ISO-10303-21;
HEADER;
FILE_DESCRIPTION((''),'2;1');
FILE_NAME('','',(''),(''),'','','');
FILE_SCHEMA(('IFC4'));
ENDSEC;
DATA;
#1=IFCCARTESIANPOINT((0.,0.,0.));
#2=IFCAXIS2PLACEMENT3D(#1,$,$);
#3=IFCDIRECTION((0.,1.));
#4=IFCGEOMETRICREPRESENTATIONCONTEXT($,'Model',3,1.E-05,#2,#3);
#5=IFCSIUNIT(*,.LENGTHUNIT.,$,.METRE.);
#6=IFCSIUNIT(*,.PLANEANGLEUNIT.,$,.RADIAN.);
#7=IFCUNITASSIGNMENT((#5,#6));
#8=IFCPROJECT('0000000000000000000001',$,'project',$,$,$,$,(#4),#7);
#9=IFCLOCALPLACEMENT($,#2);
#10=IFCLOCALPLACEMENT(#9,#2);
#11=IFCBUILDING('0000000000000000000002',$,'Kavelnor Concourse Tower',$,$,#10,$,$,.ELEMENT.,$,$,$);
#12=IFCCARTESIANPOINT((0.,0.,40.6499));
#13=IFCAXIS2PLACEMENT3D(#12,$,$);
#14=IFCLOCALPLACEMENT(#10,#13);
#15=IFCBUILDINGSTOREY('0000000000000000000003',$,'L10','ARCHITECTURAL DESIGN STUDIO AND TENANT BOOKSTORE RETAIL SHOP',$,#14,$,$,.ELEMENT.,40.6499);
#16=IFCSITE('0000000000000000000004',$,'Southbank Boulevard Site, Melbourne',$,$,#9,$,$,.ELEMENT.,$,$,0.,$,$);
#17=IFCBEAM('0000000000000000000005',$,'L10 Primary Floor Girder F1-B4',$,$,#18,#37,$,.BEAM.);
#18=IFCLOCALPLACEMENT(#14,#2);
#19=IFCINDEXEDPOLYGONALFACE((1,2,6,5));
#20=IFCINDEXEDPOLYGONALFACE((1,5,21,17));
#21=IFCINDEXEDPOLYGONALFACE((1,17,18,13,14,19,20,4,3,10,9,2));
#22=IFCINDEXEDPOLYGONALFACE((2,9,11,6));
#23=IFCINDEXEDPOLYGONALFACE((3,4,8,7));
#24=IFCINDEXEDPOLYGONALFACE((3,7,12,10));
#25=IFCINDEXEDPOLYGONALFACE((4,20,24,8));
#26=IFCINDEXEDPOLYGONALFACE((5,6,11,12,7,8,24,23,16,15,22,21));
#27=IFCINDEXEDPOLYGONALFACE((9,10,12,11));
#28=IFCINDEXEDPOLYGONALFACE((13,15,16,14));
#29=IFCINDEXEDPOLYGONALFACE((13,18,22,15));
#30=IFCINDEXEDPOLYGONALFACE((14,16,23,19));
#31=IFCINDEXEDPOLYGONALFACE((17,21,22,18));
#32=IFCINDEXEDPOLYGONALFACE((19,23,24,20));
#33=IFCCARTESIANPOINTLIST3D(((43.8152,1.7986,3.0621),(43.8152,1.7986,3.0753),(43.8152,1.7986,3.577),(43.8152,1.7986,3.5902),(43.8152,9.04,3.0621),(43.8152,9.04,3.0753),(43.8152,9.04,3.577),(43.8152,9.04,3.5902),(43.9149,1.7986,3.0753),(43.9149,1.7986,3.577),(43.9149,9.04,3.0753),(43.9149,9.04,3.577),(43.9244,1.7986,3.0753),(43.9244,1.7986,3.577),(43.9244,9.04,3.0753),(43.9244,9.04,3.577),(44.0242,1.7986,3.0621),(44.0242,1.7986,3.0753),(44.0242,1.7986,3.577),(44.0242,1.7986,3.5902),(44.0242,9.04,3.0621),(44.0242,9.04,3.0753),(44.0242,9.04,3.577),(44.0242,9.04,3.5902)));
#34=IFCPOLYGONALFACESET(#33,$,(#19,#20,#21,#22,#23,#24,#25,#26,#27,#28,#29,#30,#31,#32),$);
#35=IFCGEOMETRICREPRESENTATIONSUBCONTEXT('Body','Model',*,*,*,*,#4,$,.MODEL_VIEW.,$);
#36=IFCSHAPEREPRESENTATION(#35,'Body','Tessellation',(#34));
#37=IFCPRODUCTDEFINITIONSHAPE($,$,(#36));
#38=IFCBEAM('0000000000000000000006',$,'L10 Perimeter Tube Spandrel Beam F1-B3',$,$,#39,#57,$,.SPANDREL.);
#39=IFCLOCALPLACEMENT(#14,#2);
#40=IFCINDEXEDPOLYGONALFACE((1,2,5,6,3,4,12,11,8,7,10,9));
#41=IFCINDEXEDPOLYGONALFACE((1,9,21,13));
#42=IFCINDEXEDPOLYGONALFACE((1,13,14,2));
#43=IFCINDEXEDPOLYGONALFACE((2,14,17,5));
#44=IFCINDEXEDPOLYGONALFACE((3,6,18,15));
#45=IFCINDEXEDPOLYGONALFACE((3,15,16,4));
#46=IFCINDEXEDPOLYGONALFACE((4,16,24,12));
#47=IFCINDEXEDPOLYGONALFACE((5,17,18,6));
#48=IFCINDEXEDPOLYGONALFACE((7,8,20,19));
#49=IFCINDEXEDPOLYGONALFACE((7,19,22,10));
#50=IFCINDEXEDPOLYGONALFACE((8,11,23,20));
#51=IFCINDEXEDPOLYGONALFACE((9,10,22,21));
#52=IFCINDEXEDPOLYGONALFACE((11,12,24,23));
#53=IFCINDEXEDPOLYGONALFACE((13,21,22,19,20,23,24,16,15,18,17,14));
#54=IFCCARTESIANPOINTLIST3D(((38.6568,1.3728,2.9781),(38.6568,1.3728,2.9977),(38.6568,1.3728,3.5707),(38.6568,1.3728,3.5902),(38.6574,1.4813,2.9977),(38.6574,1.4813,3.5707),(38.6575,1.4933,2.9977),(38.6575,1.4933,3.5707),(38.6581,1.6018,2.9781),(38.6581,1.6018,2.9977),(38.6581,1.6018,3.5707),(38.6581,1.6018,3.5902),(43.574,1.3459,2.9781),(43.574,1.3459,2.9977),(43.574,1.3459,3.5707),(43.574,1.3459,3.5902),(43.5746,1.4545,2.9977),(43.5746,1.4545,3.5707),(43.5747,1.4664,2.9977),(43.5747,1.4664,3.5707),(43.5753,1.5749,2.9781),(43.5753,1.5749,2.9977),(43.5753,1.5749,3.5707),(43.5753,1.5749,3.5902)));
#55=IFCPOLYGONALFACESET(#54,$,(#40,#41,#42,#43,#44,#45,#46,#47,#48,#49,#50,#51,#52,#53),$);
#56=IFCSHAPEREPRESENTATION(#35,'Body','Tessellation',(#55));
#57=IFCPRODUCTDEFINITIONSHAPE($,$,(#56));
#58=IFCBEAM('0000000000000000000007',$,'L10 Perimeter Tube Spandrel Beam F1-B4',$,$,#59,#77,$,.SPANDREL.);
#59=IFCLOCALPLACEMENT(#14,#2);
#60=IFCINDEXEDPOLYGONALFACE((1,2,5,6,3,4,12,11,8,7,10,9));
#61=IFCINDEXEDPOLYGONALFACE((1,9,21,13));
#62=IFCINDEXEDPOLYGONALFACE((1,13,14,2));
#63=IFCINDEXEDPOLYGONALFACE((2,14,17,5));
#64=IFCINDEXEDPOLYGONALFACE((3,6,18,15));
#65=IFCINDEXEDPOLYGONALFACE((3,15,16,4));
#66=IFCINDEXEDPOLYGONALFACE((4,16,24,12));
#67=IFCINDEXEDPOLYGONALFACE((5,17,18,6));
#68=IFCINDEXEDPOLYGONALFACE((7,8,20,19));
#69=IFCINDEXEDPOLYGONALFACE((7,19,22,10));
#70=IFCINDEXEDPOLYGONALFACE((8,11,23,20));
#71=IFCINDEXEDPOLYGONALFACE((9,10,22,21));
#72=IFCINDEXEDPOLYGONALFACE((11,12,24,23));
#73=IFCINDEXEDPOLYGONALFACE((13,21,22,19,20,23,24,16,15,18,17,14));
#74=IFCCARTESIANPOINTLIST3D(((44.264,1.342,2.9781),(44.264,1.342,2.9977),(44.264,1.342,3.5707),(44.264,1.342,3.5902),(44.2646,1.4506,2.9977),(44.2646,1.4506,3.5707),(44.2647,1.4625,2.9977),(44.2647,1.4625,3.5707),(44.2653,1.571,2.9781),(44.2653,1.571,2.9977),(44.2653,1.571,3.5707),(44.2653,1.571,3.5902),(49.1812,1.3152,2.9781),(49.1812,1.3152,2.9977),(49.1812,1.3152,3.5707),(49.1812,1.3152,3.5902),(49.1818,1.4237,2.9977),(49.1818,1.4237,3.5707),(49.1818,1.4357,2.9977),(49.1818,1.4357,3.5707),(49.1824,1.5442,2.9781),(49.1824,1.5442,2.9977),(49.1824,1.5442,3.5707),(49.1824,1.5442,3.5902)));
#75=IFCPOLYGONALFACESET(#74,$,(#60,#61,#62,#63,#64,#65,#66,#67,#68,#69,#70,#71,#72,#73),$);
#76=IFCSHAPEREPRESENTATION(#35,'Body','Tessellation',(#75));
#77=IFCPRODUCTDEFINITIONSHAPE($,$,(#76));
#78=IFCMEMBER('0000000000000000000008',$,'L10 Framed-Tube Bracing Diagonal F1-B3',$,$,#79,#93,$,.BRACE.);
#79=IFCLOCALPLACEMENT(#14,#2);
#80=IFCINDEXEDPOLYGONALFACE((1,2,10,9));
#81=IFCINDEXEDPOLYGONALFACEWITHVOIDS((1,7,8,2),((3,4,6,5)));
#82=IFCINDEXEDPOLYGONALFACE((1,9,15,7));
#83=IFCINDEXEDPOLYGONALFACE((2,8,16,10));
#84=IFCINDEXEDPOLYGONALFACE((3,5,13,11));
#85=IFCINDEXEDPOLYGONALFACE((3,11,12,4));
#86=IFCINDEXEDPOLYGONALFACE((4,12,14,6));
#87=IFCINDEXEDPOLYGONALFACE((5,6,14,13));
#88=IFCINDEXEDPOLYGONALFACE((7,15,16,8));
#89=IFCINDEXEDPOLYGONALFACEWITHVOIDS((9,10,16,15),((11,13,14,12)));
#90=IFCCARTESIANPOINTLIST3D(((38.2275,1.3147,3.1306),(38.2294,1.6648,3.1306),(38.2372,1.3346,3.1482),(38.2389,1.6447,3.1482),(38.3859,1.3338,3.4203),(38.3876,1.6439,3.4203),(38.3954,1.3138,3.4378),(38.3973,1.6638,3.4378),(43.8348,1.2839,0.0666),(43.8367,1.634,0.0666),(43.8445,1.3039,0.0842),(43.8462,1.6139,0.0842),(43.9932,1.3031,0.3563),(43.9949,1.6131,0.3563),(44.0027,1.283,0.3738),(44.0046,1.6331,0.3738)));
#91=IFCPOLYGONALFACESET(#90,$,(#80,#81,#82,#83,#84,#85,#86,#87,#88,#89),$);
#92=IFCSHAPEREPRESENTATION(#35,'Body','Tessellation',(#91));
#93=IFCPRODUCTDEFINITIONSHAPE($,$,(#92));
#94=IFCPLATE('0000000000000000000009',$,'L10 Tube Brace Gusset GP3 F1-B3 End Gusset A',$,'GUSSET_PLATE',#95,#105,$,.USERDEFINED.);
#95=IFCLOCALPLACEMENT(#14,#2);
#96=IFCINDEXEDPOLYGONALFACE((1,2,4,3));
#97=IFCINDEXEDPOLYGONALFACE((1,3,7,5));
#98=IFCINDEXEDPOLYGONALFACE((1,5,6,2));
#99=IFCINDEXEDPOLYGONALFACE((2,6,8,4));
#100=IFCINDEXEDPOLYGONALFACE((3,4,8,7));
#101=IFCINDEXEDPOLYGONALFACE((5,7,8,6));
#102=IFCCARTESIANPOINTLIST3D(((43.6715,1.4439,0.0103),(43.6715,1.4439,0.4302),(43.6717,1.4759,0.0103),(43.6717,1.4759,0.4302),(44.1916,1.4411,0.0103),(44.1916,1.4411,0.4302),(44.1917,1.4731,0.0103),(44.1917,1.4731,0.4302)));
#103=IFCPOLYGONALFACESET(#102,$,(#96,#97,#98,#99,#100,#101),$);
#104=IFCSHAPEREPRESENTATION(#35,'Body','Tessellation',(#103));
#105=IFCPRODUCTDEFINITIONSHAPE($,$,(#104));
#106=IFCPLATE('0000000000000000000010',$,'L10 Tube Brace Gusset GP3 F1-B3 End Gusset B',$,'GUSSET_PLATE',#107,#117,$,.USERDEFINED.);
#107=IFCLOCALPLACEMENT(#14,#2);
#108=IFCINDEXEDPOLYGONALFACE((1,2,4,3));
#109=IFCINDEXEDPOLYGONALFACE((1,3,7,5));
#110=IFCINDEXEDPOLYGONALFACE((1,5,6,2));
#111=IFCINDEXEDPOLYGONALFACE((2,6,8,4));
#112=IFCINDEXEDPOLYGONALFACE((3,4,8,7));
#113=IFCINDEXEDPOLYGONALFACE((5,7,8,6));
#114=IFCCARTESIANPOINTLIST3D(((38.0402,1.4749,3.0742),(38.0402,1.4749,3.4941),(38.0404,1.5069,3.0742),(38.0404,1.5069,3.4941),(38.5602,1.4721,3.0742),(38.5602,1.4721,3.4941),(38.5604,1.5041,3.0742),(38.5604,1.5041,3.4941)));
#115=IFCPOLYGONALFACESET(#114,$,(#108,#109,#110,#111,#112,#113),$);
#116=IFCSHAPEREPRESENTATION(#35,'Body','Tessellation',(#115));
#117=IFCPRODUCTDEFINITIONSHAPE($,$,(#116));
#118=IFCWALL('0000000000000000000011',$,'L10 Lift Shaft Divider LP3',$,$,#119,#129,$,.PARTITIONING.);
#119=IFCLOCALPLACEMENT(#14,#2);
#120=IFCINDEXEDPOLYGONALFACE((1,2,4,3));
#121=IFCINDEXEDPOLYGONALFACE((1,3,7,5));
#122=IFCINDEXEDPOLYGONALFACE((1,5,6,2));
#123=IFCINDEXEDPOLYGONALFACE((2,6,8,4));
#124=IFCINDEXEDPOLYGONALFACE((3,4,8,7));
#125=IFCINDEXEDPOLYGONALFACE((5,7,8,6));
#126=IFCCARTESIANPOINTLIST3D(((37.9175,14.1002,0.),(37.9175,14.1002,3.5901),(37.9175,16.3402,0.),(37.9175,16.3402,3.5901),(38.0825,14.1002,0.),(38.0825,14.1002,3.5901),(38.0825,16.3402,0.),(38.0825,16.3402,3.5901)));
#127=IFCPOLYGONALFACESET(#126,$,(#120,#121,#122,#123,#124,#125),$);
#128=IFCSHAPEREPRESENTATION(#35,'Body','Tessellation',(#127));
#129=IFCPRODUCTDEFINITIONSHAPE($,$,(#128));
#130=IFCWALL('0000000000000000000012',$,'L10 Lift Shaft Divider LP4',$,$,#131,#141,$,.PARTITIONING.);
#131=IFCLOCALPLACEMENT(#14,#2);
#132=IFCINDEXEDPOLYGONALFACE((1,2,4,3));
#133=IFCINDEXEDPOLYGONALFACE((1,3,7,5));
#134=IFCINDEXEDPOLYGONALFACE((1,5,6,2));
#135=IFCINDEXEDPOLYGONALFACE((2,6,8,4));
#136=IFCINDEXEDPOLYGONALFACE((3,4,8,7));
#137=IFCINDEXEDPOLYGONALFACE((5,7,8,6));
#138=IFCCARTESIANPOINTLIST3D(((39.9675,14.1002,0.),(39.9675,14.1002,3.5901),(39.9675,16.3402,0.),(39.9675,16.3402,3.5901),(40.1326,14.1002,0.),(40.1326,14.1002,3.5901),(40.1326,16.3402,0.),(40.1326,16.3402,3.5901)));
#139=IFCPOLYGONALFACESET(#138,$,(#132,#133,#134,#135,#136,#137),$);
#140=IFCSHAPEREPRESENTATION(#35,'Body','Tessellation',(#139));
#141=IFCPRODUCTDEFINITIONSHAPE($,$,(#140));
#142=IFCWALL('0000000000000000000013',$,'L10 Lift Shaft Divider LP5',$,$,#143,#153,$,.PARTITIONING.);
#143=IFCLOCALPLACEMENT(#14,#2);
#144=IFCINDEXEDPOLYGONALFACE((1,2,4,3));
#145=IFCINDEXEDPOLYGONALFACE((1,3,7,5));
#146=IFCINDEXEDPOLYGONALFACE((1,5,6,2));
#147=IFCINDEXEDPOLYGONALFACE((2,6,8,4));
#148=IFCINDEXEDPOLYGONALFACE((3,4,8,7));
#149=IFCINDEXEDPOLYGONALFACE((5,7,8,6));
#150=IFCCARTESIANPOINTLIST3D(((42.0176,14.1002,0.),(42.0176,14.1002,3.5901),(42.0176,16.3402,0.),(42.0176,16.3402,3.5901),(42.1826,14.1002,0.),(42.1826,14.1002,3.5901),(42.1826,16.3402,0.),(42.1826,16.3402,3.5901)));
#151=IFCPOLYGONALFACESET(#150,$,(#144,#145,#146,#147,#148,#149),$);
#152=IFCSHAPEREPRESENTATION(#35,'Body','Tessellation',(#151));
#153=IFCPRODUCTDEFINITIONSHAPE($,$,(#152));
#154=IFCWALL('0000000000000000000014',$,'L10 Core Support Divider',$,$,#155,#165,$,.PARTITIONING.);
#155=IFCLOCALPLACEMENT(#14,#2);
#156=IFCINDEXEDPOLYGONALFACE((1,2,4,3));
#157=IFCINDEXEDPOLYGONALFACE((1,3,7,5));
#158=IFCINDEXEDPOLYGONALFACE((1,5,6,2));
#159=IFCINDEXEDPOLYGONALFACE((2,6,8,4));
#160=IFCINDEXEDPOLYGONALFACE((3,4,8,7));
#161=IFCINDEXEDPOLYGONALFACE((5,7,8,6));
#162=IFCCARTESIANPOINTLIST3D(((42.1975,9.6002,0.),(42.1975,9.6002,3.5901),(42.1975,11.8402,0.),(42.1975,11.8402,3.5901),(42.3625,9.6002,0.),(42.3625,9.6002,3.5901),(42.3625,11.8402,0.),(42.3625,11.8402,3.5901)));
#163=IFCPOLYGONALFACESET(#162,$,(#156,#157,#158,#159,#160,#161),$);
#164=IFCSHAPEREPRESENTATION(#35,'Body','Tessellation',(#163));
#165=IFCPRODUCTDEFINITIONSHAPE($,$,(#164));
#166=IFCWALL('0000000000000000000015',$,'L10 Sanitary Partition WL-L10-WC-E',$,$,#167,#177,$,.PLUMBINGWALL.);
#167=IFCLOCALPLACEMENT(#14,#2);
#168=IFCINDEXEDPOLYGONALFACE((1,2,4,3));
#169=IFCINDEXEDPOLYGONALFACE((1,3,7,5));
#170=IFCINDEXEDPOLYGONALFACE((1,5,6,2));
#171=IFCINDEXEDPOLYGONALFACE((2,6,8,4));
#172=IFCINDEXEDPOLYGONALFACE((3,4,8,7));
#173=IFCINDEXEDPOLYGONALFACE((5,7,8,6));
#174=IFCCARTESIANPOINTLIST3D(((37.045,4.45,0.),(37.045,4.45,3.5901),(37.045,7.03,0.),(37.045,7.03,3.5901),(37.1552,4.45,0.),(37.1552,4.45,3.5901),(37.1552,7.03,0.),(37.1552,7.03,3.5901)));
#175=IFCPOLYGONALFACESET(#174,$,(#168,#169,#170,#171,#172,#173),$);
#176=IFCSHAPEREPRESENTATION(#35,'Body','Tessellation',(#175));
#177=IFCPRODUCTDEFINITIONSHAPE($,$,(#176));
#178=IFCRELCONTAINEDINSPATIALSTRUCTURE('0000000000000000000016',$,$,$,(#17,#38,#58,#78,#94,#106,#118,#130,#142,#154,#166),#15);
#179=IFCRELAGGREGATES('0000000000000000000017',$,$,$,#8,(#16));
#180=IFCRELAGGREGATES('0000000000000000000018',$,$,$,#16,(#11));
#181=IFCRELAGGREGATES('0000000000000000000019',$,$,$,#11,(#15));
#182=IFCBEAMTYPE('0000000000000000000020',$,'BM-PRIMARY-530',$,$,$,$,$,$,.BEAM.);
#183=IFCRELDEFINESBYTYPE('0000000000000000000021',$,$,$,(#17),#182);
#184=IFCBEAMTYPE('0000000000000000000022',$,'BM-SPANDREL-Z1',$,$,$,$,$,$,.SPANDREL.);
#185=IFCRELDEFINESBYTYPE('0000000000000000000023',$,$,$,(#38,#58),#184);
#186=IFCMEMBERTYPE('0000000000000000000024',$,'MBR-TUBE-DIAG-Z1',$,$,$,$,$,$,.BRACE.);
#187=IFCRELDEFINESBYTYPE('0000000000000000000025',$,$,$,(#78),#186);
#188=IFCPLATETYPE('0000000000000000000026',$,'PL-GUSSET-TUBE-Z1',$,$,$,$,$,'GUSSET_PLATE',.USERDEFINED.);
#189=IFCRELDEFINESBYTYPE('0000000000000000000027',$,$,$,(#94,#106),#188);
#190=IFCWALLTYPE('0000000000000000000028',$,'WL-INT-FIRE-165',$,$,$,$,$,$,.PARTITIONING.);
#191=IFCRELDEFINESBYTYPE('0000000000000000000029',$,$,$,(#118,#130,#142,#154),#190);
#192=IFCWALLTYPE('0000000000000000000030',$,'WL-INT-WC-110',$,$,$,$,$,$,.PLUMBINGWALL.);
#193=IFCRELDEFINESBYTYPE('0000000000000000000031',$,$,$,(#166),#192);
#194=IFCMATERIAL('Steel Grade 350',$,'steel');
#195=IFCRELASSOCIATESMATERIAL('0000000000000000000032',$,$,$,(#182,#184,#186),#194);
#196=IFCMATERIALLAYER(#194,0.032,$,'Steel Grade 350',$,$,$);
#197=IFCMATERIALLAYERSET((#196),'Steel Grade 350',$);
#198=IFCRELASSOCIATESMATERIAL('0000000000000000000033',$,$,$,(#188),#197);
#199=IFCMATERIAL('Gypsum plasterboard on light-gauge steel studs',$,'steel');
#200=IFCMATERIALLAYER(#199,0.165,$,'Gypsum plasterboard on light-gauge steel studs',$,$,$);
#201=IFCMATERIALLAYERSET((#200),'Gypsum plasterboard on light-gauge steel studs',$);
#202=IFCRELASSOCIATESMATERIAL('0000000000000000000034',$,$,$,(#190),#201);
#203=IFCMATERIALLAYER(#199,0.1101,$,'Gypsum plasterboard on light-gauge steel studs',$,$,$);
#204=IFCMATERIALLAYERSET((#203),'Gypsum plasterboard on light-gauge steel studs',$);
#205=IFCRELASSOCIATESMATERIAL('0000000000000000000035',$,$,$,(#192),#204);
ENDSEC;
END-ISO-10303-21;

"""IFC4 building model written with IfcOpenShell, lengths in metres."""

from ifc_helpers import new_model, si_unit, direction, frame, frame_2d, origin, origin_2d, place, context, subcontext, project, spatial, rectangle, hollow_rectangle, i_section, extrude, material, layer, layer_set, material_profile, profile_set, type_object, element, save


model = new_model("IFC4")

# Units and contexts
model_context = context("Model", 3, precision=1e-05, world=origin(), true_north=direction((0.0, 1.0)))
body_context = subcontext(model_context, "Body", "Model", "MODEL_VIEW")
ifc_project = project(units=[si_unit("LENGTHUNIT", "METRE"), si_unit("PLANEANGLEUNIT", "RADIAN")], contexts=[model_context])

# Site, building, storey
site_placement = place(None, origin())
site = spatial("IfcSite", under=ifc_project, at=site_placement, Name="Southbank Boulevard Site, Melbourne", CompositionType="ELEMENT", RefElevation=0.0)
building_placement = place(site_placement, origin())
building = spatial("IfcBuilding", under=site, at=building_placement, Name="Kavelnor Concourse Tower", CompositionType="ELEMENT")
storey_placement = place(building_placement, frame((0.0, 0.0, 40.6499)))
storey = spatial("IfcBuildingStorey", under=building, at=storey_placement, Name="L10", Description="ARCHITECTURAL DESIGN STUDIO AND TENANT BOOKSTORE RETAIL SHOP", CompositionType="ELEMENT", Elevation=40.6499)

# Shared definitions
ifc_material_1 = material(Name="Steel Grade 350", Category="steel")

# Beams
ifc_material_profile_1 = material_profile(ifc_material_1, i_section(OverallWidth=0.209, OverallDepth=0.5281, WebThickness=0.0095, FlangeThickness=0.0132, at=origin_2d()), Name="530UB82")
ifc_profile_set_1 = profile_set([ifc_material_profile_1], Name="Steel Grade 350")
beam_type_1 = type_object("IfcBeamType", Name="BM-PRIMARY-530", PredefinedType="BEAM", material=ifc_profile_set_1)
beam_1_placement = place(storey_placement, frame((43.9197, 9.04, 3.3262), z_axis=(0.0, -1.0, 0.0), x_axis=(1.0, 0.0, 0.0)))
element("IfcBeam", 1, at=beam_1_placement, inside=storey, type_object=beam_type_1, Name="L10 Primary Floor Girder F1-B4", PredefinedType="BEAM", context=body_context, shape_type="SweptSolid", body=[
    extrude(i_section(OverallWidth=0.209, OverallDepth=0.5281, WebThickness=0.0095, FlangeThickness=0.0132, at=origin_2d()), origin(), (0.0, 0.0, 1.0), 7.2415),
])
ifc_material_profile_2 = material_profile(ifc_material_1, i_section(OverallWidth=0.229, OverallDepth=0.6121, WebThickness=0.012, FlangeThickness=0.0195, at=origin_2d()), Name="610UB125")
ifc_profile_set_2 = profile_set([ifc_material_profile_2], Name="Steel Grade 350")
beam_type_2 = type_object("IfcBeamType", Name="BM-SPANDREL-Z1", PredefinedType="SPANDREL", material=ifc_profile_set_2)
for number, where, z_axis, x_axis, name in (
    (2, (38.6575, 1.4873, 3.2842), (0.999985, -0.005461, 0.0), (0.005461, 0.999985, 0.0), "L10 Perimeter Tube Spandrel Beam F1-B3"),
    (3, (44.2646, 1.4565, 3.2842), (0.999985, -0.005461, 0.0), (0.005461, 0.999985, 0.0), "L10 Perimeter Tube Spandrel Beam F1-B4"),
):
    element("IfcBeam", number, at=place(storey_placement, frame(where, z_axis=z_axis, x_axis=x_axis)), inside=storey, type_object=beam_type_2, Name=name, PredefinedType="SPANDREL", context=body_context, shape_type="SweptSolid", body=[
        extrude(i_section(OverallWidth=0.229, OverallDepth=0.6121, WebThickness=0.012, FlangeThickness=0.0195, at=origin_2d()), origin(), (0.0, 0.0, 1.0), 4.9172),
    ])

# Member
ifc_material_profile_3 = material_profile(ifc_material_1, hollow_rectangle(XDim=0.3501, YDim=0.3501, WallThickness=0.02, at=origin_2d()), Name="SHS 350x350x20")
ifc_profile_set_3 = profile_set([ifc_material_profile_3], Name="Steel Grade 350")
member_type = type_object("IfcMemberType", Name="MBR-TUBE-DIAG-Z1", PredefinedType="BRACE", material=ifc_profile_set_3)
member_placement = place(storey_placement, frame((43.9197, 1.4585, 0.2202), z_axis=(-0.877523, 0.004814, 0.47951), x_axis=(-0.005486, -0.999985, 0.0)))
element("IfcMember", 4, at=member_placement, inside=storey, type_object=member_type, Name="L10 Framed-Tube Bracing Diagonal F1-B3", PredefinedType="BRACE", context=body_context, shape_type="SweptSolid", body=[
    extrude(hollow_rectangle(XDim=0.3501, YDim=0.3501, WallThickness=0.02, at=origin_2d()), origin(), (0.0, 0.0, 1.0), 6.3899),
])

# Plates
ifc_layer_1 = layer(ifc_material_1, 0.032, Name="Steel Grade 350")
ifc_layer_set_1 = layer_set([ifc_layer_1], Name="Steel Grade 350")
plate_type = type_object("IfcPlateType", Name="PL-GUSSET-TUBE-Z1", ElementType="GUSSET_PLATE", PredefinedType="USERDEFINED", material=ifc_layer_set_1)
for number, where, z_axis, x_axis, name in (
    (5, (43.9316, 1.4585, 0.0103), (0.0, 0.0, 1.0), (-0.999985, 0.00541, 0.0), "L10 Tube Brace Gusset GP3 F1-B3 End Gusset A"),
    (6, (38.3003, 1.4895, 3.0742), (0.0, 0.0, 1.0), (-0.999985, 0.00541, 0.0), "L10 Tube Brace Gusset GP3 F1-B3 End Gusset B"),
):
    element("IfcPlate", number, at=place(storey_placement, frame(where, z_axis=z_axis, x_axis=x_axis)), inside=storey, type_object=plate_type, Name=name, ObjectType="GUSSET_PLATE", PredefinedType="USERDEFINED", context=body_context, shape_type="SweptSolid", body=[
        extrude(rectangle(XDim=0.52, YDim=0.032, at=origin_2d()), origin(), (0.0, 0.0, 1.0), 0.4199),
    ])

# Walls
ifc_material_2 = material(Name="Gypsum plasterboard on light-gauge steel studs", Category="steel")
ifc_layer_2 = layer(ifc_material_2, 0.165, Name="Gypsum plasterboard on light-gauge steel studs")
ifc_layer_set_2 = layer_set([ifc_layer_2], Name="Gypsum plasterboard on light-gauge steel studs")
wall_type_1 = type_object("IfcWallType", Name="WL-INT-FIRE-165", PredefinedType="PARTITIONING", material=ifc_layer_set_2)
for number, where, z_axis, x_axis, name in (
    (7, (38.0, 14.1001, 0.0), (0.0, 0.0, 1.0), (0.0, 1.0, 0.0), "L10 Lift Shaft Divider LP3"),
    (8, (40.05, 14.1001, 0.0), (0.0, 0.0, 1.0), (0.0, 1.0, 0.0), "L10 Lift Shaft Divider LP4"),
    (9, (42.1001, 14.1001, 0.0), (0.0, 0.0, 1.0), (0.0, 1.0, 0.0), "L10 Lift Shaft Divider LP5"),
    (10, (42.28, 9.6001, 0.0), (0.0, 0.0, 1.0), (0.0, 1.0, 0.0), "L10 Core Support Divider"),
):
    element("IfcWall", number, at=place(storey_placement, frame(where, z_axis=z_axis, x_axis=x_axis)), inside=storey, type_object=wall_type_1, Name=name, PredefinedType="PARTITIONING", context=body_context, shape_type="SweptSolid", body=[
        extrude(rectangle(XDim=2.24, YDim=0.165, at=frame_2d((1.1201, 0.0))), origin(), (0.0, 0.0, 1.0), 3.5901),
    ])
ifc_layer_3 = layer(ifc_material_2, 0.1101, Name="Gypsum plasterboard on light-gauge steel studs")
ifc_layer_set_3 = layer_set([ifc_layer_3], Name="Gypsum plasterboard on light-gauge steel studs")
wall_type_2 = type_object("IfcWallType", Name="WL-INT-WC-110", PredefinedType="PLUMBINGWALL", material=ifc_layer_set_3)
wall_1_placement = place(storey_placement, frame((37.1001, 4.45, 0.0), z_axis=(0.0, 0.0, 1.0), x_axis=(0.0, 1.0, 0.0)))
element("IfcWall", 11, at=wall_1_placement, inside=storey, type_object=wall_type_2, Name="L10 Sanitary Partition WL-L10-WC-E", PredefinedType="PLUMBINGWALL", context=body_context, shape_type="SweptSolid", body=[
    extrude(rectangle(XDim=2.5801, YDim=0.1101, at=frame_2d((1.29, 0.0))), origin(), (0.0, 0.0, 1.0), 3.5901),
])

save(model, "model.ifc")
